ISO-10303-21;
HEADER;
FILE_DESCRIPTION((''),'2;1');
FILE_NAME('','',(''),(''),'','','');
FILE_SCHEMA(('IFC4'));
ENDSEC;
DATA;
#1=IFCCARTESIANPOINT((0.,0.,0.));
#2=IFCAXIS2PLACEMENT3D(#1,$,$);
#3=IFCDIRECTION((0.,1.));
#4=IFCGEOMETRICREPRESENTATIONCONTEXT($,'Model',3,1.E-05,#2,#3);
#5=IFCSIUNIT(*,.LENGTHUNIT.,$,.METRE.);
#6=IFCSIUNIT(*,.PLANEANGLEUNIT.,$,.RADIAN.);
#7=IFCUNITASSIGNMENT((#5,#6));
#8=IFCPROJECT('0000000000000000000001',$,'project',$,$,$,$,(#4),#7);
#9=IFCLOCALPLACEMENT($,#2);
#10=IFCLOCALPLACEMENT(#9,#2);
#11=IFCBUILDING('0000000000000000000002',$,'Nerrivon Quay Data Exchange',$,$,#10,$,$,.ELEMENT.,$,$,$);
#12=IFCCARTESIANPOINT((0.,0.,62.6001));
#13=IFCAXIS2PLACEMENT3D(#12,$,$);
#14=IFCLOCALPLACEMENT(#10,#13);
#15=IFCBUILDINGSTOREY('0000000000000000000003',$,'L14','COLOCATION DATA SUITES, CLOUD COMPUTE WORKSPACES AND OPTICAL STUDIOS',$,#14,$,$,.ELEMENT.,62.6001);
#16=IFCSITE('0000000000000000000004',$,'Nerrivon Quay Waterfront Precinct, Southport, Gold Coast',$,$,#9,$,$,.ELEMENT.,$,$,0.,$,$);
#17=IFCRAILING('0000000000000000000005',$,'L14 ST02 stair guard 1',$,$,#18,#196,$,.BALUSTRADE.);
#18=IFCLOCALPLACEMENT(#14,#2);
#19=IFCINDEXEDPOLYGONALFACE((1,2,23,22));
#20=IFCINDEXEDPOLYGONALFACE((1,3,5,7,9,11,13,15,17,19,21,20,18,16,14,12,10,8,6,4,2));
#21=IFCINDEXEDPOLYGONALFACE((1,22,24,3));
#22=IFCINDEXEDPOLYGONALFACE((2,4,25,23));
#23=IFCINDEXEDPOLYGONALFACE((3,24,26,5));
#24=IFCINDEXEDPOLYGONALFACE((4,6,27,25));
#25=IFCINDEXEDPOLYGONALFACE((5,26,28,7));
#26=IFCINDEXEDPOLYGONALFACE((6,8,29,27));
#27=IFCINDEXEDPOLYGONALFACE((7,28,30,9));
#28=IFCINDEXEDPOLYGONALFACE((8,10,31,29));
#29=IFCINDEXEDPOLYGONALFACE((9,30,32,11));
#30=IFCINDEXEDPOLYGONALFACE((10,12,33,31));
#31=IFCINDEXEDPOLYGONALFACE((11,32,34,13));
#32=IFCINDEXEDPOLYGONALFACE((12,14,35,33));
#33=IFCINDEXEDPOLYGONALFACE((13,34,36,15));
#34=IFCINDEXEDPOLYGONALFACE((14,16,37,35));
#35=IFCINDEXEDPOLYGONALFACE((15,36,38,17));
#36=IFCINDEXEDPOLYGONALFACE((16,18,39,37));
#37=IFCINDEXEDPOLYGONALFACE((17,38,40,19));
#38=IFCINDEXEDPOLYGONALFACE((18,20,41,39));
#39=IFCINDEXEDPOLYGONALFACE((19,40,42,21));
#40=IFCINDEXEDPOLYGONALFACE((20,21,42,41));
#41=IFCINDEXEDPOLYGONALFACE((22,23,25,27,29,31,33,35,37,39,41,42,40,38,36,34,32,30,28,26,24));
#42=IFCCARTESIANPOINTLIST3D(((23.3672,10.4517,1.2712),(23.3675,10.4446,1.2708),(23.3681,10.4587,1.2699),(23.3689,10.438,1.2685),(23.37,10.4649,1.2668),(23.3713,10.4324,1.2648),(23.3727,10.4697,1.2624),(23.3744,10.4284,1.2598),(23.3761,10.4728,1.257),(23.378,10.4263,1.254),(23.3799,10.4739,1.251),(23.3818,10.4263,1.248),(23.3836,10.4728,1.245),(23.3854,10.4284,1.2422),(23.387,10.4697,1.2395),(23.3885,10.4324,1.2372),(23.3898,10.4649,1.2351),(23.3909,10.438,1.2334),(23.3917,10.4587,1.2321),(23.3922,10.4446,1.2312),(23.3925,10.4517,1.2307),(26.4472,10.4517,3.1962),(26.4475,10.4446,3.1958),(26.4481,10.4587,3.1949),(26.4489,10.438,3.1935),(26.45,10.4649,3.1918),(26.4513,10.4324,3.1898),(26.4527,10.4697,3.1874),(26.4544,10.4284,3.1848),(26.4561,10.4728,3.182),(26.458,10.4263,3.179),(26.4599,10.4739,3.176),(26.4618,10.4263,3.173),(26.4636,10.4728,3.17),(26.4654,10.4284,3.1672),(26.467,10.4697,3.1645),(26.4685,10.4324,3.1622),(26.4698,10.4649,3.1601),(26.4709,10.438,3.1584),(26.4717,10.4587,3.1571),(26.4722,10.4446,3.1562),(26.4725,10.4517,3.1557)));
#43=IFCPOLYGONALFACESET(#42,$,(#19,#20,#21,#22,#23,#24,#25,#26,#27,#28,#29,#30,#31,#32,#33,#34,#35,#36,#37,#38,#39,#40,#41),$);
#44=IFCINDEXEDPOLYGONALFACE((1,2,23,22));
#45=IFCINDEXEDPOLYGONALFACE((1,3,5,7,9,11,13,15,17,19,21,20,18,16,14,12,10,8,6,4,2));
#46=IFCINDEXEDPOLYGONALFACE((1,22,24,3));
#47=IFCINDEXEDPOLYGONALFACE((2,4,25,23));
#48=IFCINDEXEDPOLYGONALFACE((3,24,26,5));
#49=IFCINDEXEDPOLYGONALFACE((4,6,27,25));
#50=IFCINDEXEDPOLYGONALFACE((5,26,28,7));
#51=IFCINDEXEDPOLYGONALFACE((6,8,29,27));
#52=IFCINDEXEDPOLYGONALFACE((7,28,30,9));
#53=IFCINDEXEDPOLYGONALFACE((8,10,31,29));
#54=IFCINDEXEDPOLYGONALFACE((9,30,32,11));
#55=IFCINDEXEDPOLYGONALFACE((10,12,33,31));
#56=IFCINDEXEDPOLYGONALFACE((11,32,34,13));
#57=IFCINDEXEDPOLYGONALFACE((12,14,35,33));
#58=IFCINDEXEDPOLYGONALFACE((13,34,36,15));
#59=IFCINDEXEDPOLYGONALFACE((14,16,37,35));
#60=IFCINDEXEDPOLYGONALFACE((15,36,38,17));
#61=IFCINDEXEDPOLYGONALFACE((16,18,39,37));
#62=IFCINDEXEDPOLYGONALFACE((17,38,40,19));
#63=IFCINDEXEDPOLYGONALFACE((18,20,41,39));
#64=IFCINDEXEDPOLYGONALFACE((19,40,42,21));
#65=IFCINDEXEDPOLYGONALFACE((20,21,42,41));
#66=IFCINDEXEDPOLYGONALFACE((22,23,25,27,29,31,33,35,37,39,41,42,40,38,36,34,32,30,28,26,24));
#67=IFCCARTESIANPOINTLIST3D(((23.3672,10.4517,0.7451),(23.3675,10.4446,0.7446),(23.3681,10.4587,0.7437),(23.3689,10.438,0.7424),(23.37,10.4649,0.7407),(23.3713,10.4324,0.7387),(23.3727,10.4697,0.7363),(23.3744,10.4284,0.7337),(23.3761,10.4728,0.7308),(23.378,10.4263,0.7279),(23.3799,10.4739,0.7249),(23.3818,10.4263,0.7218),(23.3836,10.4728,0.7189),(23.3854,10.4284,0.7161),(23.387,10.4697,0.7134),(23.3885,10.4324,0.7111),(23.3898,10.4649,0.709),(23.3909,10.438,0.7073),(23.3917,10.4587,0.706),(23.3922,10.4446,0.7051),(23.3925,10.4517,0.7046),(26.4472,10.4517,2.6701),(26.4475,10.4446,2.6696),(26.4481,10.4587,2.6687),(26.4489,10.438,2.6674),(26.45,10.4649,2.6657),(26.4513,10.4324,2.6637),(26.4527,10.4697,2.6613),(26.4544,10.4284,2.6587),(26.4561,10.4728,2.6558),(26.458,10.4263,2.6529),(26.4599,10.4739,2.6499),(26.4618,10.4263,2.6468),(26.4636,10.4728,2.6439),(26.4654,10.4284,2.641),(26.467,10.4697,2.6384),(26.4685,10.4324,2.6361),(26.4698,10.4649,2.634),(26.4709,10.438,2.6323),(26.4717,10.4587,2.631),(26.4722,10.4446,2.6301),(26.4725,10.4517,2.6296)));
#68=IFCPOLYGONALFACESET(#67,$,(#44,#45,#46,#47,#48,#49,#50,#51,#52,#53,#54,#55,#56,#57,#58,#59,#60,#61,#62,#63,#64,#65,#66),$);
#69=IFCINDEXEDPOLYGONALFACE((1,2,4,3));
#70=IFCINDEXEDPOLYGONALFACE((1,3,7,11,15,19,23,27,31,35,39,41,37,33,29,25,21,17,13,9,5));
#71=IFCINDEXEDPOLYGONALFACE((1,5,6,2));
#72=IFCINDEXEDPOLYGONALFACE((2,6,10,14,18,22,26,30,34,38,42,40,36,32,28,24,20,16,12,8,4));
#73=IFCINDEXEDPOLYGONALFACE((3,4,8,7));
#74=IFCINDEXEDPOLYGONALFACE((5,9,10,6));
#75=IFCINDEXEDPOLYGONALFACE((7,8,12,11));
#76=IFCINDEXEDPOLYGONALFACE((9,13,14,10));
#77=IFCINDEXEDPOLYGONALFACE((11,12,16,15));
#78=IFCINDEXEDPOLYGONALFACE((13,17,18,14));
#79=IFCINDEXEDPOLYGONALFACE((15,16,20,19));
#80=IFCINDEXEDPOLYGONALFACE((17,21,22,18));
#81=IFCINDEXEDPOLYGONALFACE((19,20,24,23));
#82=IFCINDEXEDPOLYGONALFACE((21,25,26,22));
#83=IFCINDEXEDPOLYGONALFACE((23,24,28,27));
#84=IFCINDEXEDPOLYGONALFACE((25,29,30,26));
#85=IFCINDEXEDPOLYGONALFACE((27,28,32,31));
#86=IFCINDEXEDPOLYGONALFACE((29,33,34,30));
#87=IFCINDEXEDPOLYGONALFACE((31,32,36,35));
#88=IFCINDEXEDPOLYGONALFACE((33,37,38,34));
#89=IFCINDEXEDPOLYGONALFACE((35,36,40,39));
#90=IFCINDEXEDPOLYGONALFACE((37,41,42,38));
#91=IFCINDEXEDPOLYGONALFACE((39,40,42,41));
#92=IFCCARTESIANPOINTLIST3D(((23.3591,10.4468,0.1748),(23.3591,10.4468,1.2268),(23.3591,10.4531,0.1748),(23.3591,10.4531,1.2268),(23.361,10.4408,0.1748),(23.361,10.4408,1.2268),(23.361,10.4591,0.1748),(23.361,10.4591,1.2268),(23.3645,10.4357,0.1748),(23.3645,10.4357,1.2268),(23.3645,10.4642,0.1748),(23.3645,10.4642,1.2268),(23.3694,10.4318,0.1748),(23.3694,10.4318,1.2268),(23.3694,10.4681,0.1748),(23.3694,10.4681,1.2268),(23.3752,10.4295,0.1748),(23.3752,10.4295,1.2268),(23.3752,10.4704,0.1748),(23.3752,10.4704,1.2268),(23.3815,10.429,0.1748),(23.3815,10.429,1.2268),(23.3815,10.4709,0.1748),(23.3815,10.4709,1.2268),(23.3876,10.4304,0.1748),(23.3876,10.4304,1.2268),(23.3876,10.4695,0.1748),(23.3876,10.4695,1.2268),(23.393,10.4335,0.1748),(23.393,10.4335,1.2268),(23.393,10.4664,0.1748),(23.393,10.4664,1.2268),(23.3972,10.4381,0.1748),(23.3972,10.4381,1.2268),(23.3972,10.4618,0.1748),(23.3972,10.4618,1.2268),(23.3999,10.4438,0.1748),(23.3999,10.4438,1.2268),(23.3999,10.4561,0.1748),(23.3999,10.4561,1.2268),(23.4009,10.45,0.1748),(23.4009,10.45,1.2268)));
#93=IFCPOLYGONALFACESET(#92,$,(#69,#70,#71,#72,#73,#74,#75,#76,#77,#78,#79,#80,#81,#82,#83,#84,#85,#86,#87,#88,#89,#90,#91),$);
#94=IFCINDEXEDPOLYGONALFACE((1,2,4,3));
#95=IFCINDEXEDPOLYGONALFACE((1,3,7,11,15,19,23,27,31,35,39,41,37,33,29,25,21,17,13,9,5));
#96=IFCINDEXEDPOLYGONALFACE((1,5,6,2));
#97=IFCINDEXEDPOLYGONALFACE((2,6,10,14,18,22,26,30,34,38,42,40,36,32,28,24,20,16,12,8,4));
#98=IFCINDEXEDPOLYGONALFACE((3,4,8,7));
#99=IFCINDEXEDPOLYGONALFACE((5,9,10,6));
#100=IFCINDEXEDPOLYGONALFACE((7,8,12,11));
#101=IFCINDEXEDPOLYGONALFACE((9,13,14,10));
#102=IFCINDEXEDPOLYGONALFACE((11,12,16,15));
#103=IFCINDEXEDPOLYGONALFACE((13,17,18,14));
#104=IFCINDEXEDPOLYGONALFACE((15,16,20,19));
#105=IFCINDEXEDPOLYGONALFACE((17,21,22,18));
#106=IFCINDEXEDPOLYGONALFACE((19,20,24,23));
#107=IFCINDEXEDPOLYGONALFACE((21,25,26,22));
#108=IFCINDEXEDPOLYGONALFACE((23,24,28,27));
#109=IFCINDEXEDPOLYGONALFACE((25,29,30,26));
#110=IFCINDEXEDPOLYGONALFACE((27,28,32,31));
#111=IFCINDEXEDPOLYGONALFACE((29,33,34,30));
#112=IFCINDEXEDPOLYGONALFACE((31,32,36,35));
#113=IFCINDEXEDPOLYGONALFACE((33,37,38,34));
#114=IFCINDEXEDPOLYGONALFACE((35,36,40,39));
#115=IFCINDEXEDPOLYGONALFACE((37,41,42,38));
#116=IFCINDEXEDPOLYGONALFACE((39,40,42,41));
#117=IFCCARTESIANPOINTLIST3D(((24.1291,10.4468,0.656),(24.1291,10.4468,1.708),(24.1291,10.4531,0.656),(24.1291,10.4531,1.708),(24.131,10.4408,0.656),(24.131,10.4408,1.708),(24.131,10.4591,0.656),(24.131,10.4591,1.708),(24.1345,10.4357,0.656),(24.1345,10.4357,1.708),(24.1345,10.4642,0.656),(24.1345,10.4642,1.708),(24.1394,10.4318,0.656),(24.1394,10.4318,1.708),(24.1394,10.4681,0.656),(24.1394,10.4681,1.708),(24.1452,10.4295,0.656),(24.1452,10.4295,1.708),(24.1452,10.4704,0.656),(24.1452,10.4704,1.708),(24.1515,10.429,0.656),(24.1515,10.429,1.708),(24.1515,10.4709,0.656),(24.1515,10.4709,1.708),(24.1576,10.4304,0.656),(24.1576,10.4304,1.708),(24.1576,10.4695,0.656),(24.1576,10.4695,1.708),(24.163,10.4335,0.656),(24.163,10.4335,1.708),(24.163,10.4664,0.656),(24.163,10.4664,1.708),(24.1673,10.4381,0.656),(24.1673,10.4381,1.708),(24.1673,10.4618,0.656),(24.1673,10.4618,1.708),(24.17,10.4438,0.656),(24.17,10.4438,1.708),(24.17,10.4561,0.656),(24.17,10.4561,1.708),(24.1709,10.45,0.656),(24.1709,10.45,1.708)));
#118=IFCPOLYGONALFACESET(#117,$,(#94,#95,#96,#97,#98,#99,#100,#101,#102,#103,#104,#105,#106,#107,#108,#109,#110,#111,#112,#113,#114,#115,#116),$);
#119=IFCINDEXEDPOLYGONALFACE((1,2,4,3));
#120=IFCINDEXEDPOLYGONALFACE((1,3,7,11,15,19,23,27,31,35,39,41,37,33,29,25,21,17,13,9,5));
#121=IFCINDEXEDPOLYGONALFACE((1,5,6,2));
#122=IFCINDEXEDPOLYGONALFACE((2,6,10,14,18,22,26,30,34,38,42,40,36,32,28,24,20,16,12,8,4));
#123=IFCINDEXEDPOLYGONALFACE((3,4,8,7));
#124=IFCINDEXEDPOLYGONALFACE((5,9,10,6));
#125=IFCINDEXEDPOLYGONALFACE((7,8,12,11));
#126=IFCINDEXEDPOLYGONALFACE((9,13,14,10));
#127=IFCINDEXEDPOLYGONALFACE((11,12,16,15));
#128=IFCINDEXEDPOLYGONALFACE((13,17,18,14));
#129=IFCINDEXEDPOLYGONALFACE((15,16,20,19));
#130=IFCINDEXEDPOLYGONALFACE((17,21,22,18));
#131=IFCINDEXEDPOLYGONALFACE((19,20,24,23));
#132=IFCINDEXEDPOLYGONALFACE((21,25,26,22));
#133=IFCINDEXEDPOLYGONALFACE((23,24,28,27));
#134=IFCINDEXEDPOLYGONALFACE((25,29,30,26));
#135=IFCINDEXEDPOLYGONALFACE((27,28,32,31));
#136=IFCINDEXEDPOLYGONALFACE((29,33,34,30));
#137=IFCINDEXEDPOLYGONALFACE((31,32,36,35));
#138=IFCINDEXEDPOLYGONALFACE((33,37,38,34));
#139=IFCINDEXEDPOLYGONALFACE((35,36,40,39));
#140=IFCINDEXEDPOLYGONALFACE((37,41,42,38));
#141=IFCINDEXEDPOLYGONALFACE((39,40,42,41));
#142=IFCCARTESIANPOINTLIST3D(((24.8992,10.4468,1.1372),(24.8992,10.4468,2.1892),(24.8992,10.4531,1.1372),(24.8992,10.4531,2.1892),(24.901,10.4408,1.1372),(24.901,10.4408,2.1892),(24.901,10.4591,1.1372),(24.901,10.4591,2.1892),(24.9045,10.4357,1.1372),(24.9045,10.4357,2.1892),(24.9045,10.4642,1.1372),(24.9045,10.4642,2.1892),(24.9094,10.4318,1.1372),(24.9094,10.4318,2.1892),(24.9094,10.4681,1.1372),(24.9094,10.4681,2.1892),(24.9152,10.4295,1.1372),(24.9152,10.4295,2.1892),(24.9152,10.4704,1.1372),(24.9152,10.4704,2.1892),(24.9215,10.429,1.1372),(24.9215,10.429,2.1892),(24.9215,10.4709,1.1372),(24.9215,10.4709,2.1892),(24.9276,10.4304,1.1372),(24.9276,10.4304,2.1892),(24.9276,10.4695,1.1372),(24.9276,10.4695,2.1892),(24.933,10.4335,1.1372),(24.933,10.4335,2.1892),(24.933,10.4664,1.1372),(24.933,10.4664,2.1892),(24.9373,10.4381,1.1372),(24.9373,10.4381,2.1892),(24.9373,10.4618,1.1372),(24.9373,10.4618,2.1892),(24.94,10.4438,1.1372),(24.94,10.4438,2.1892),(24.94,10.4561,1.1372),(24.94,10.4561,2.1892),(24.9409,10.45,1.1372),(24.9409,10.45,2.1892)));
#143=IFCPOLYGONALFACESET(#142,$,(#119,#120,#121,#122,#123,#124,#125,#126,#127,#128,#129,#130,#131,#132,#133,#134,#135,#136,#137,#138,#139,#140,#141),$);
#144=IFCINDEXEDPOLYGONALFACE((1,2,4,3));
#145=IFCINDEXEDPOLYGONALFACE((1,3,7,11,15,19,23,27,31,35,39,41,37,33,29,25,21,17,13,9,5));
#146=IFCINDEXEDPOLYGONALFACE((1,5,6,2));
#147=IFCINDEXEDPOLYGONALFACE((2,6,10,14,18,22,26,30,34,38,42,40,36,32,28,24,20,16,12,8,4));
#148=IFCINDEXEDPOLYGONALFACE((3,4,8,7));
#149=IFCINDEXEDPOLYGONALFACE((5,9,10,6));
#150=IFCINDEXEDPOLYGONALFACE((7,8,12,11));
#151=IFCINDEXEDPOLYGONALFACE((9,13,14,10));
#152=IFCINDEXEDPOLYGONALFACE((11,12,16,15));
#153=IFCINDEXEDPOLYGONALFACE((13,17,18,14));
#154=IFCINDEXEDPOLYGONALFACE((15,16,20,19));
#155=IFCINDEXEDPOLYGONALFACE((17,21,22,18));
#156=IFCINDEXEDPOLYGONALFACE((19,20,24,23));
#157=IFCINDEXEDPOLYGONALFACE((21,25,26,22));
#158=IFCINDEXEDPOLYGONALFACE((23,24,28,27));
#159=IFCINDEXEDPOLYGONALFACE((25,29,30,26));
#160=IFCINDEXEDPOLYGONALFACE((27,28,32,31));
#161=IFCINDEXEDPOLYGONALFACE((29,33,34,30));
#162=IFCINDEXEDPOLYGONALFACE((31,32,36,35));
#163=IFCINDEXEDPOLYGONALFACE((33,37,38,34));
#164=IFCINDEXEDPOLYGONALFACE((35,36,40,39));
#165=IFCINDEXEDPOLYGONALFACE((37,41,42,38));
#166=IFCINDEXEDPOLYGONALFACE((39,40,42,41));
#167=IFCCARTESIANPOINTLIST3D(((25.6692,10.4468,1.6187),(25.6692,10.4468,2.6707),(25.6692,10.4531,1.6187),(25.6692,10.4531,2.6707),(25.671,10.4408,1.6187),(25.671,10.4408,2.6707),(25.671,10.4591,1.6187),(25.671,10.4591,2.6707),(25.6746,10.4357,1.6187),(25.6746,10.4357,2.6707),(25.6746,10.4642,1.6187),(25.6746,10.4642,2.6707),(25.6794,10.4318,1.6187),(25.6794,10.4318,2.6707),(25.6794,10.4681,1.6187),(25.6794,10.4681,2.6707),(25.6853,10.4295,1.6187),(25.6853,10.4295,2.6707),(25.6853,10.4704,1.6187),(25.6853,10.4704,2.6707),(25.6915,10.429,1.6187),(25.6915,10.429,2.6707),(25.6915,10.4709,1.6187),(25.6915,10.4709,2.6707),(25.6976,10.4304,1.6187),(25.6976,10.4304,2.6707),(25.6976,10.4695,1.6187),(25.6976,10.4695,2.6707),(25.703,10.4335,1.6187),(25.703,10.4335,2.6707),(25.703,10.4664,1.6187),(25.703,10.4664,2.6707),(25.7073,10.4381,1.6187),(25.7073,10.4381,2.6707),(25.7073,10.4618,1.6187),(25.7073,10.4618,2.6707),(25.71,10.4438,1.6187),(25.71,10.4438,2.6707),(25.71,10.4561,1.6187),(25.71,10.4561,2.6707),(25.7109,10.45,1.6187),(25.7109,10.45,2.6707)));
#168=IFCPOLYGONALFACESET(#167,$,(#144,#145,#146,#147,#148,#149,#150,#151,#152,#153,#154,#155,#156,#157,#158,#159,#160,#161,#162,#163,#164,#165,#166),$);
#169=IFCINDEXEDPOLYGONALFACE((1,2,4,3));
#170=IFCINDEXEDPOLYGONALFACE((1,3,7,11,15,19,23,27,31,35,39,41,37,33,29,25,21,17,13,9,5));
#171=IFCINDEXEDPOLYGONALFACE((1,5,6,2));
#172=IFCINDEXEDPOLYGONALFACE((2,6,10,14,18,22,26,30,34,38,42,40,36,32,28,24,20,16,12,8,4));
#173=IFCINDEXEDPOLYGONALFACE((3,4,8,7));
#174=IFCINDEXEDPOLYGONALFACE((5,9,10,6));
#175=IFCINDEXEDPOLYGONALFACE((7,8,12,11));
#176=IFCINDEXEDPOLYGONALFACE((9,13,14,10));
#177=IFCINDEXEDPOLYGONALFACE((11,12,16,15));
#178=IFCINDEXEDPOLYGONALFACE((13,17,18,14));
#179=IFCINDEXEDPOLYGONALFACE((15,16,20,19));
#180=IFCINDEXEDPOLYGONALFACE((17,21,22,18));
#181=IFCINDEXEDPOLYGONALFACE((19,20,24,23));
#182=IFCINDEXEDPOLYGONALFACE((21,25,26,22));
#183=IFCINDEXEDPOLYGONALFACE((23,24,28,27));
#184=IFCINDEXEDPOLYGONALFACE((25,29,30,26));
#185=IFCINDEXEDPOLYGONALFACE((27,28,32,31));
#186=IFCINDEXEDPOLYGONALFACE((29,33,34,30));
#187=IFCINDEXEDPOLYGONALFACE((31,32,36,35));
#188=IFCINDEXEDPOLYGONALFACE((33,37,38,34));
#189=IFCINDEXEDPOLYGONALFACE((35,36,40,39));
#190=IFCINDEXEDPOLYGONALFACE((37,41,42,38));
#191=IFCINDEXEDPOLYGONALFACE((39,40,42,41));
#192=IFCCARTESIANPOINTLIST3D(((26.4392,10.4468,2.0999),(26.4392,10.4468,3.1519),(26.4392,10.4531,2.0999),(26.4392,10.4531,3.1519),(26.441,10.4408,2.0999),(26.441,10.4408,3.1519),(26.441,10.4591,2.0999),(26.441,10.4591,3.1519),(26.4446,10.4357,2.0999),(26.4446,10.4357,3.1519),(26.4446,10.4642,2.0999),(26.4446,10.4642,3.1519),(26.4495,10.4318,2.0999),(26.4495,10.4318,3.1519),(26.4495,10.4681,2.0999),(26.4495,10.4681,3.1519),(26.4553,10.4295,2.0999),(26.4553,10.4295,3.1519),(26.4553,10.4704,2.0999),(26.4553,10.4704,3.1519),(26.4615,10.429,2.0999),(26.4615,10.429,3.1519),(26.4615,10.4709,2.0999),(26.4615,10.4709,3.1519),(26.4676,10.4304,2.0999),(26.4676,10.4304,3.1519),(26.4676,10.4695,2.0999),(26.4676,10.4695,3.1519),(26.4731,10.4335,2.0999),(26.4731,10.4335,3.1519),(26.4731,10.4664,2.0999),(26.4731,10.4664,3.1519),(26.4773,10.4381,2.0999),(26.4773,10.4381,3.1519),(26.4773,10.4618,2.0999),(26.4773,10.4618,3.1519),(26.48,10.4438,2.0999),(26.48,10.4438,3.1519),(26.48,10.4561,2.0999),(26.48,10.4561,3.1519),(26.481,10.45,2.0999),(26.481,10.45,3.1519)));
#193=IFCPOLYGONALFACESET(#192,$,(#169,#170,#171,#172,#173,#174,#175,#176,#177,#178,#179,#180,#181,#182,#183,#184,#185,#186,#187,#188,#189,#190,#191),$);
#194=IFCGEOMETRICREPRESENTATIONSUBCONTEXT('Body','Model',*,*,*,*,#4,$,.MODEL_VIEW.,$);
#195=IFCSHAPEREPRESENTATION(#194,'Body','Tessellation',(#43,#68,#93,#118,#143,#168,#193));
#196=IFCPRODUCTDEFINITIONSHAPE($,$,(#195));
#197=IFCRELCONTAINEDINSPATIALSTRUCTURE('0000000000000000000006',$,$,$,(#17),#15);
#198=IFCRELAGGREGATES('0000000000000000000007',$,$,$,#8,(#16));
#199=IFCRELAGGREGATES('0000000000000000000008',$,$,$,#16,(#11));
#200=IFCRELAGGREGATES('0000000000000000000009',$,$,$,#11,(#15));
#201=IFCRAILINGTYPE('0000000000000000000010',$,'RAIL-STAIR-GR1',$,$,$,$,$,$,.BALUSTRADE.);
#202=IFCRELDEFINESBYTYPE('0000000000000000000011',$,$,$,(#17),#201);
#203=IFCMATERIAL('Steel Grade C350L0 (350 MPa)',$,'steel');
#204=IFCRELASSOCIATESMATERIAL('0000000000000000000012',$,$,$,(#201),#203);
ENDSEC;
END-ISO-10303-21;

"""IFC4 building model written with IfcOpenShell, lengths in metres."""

from ifc_helpers import new_model, si_unit, direction, frame, origin, origin_2d, place, context, subcontext, project, spatial, circle, extrude, material, type_object, element, save


model = new_model("IFC4")

# Units and contexts
model_context = context("Model", 3, precision=1e-05, world=origin(), true_north=direction((0.0, 1.0)))
body_context = subcontext(model_context, "Body", "Model", "MODEL_VIEW")
ifc_project = project(units=[si_unit("LENGTHUNIT", "METRE"), si_unit("PLANEANGLEUNIT", "RADIAN")], contexts=[model_context])

# Site, building, storey
site_placement = place(None, origin())
site = spatial("IfcSite", under=ifc_project, at=site_placement, Name="Nerrivon Quay Waterfront Precinct, Southport, Gold Coast", CompositionType="ELEMENT", RefElevation=0.0)
building_placement = place(site_placement, origin())
building = spatial("IfcBuilding", under=site, at=building_placement, Name="Nerrivon Quay Data Exchange", CompositionType="ELEMENT")
storey_placement = place(building_placement, frame((0.0, 0.0, 62.6001)))
storey = spatial("IfcBuildingStorey", under=building, at=storey_placement, Name="L14", Description="COLOCATION DATA SUITES, CLOUD COMPUTE WORKSPACES AND OPTICAL STUDIOS", CompositionType="ELEMENT", Elevation=62.6001)

# Railing
ifc_material_1 = material(Name="Steel Grade C350L0 (350 MPa)", Category="steel")
railing_type_1 = type_object("IfcRailingType", Name="RAIL-STAIR-GR1", PredefinedType="BALUSTRADE", material=ifc_material_1)
railing_1_placement = place(storey_placement, frame((23.3799, 10.45, 0.1748)))
element("IfcRailing", 1, at=railing_1_placement, inside=storey, type_object=railing_type_1, Name="L14 ST02 stair guard 1", PredefinedType="BALUSTRADE", context=body_context, shape_type="SweptSolid", body=[
    extrude(circle(Radius=0.0239, at=origin_2d()), frame((0.0, 0.0, 1.0762), z_axis=(0.847998, 0.0, 0.529999), x_axis=(0.0, 1.0, 0.0)), (0.0, 0.0, 1.0), 3.6321),
    extrude(circle(Radius=0.0239, at=origin_2d()), frame((0.0, 0.0, 0.55), z_axis=(0.847998, 0.0, 0.529999), x_axis=(0.0, 1.0, 0.0)), (0.0, 0.0, 1.0), 3.6321),
    extrude(circle(Radius=0.021, at=origin_2d()), origin(), (0.0, 0.0, 1.0), 1.052),
    extrude(circle(Radius=0.021, at=origin_2d()), frame((0.77, 0.0, 0.4812)), (0.0, 0.0, 1.0), 1.052),
    extrude(circle(Radius=0.021, at=origin_2d()), frame((1.54, 0.0, 0.9624)), (0.0, 0.0, 1.0), 1.052),
    extrude(circle(Radius=0.021, at=origin_2d()), frame((2.3101, 0.0, 1.4438)), (0.0, 0.0, 1.0), 1.052),
    extrude(circle(Radius=0.021, at=origin_2d()), frame((3.0801, 0.0, 1.925)), (0.0, 0.0, 1.0), 1.052),
])

save(model, "model.ifc")
